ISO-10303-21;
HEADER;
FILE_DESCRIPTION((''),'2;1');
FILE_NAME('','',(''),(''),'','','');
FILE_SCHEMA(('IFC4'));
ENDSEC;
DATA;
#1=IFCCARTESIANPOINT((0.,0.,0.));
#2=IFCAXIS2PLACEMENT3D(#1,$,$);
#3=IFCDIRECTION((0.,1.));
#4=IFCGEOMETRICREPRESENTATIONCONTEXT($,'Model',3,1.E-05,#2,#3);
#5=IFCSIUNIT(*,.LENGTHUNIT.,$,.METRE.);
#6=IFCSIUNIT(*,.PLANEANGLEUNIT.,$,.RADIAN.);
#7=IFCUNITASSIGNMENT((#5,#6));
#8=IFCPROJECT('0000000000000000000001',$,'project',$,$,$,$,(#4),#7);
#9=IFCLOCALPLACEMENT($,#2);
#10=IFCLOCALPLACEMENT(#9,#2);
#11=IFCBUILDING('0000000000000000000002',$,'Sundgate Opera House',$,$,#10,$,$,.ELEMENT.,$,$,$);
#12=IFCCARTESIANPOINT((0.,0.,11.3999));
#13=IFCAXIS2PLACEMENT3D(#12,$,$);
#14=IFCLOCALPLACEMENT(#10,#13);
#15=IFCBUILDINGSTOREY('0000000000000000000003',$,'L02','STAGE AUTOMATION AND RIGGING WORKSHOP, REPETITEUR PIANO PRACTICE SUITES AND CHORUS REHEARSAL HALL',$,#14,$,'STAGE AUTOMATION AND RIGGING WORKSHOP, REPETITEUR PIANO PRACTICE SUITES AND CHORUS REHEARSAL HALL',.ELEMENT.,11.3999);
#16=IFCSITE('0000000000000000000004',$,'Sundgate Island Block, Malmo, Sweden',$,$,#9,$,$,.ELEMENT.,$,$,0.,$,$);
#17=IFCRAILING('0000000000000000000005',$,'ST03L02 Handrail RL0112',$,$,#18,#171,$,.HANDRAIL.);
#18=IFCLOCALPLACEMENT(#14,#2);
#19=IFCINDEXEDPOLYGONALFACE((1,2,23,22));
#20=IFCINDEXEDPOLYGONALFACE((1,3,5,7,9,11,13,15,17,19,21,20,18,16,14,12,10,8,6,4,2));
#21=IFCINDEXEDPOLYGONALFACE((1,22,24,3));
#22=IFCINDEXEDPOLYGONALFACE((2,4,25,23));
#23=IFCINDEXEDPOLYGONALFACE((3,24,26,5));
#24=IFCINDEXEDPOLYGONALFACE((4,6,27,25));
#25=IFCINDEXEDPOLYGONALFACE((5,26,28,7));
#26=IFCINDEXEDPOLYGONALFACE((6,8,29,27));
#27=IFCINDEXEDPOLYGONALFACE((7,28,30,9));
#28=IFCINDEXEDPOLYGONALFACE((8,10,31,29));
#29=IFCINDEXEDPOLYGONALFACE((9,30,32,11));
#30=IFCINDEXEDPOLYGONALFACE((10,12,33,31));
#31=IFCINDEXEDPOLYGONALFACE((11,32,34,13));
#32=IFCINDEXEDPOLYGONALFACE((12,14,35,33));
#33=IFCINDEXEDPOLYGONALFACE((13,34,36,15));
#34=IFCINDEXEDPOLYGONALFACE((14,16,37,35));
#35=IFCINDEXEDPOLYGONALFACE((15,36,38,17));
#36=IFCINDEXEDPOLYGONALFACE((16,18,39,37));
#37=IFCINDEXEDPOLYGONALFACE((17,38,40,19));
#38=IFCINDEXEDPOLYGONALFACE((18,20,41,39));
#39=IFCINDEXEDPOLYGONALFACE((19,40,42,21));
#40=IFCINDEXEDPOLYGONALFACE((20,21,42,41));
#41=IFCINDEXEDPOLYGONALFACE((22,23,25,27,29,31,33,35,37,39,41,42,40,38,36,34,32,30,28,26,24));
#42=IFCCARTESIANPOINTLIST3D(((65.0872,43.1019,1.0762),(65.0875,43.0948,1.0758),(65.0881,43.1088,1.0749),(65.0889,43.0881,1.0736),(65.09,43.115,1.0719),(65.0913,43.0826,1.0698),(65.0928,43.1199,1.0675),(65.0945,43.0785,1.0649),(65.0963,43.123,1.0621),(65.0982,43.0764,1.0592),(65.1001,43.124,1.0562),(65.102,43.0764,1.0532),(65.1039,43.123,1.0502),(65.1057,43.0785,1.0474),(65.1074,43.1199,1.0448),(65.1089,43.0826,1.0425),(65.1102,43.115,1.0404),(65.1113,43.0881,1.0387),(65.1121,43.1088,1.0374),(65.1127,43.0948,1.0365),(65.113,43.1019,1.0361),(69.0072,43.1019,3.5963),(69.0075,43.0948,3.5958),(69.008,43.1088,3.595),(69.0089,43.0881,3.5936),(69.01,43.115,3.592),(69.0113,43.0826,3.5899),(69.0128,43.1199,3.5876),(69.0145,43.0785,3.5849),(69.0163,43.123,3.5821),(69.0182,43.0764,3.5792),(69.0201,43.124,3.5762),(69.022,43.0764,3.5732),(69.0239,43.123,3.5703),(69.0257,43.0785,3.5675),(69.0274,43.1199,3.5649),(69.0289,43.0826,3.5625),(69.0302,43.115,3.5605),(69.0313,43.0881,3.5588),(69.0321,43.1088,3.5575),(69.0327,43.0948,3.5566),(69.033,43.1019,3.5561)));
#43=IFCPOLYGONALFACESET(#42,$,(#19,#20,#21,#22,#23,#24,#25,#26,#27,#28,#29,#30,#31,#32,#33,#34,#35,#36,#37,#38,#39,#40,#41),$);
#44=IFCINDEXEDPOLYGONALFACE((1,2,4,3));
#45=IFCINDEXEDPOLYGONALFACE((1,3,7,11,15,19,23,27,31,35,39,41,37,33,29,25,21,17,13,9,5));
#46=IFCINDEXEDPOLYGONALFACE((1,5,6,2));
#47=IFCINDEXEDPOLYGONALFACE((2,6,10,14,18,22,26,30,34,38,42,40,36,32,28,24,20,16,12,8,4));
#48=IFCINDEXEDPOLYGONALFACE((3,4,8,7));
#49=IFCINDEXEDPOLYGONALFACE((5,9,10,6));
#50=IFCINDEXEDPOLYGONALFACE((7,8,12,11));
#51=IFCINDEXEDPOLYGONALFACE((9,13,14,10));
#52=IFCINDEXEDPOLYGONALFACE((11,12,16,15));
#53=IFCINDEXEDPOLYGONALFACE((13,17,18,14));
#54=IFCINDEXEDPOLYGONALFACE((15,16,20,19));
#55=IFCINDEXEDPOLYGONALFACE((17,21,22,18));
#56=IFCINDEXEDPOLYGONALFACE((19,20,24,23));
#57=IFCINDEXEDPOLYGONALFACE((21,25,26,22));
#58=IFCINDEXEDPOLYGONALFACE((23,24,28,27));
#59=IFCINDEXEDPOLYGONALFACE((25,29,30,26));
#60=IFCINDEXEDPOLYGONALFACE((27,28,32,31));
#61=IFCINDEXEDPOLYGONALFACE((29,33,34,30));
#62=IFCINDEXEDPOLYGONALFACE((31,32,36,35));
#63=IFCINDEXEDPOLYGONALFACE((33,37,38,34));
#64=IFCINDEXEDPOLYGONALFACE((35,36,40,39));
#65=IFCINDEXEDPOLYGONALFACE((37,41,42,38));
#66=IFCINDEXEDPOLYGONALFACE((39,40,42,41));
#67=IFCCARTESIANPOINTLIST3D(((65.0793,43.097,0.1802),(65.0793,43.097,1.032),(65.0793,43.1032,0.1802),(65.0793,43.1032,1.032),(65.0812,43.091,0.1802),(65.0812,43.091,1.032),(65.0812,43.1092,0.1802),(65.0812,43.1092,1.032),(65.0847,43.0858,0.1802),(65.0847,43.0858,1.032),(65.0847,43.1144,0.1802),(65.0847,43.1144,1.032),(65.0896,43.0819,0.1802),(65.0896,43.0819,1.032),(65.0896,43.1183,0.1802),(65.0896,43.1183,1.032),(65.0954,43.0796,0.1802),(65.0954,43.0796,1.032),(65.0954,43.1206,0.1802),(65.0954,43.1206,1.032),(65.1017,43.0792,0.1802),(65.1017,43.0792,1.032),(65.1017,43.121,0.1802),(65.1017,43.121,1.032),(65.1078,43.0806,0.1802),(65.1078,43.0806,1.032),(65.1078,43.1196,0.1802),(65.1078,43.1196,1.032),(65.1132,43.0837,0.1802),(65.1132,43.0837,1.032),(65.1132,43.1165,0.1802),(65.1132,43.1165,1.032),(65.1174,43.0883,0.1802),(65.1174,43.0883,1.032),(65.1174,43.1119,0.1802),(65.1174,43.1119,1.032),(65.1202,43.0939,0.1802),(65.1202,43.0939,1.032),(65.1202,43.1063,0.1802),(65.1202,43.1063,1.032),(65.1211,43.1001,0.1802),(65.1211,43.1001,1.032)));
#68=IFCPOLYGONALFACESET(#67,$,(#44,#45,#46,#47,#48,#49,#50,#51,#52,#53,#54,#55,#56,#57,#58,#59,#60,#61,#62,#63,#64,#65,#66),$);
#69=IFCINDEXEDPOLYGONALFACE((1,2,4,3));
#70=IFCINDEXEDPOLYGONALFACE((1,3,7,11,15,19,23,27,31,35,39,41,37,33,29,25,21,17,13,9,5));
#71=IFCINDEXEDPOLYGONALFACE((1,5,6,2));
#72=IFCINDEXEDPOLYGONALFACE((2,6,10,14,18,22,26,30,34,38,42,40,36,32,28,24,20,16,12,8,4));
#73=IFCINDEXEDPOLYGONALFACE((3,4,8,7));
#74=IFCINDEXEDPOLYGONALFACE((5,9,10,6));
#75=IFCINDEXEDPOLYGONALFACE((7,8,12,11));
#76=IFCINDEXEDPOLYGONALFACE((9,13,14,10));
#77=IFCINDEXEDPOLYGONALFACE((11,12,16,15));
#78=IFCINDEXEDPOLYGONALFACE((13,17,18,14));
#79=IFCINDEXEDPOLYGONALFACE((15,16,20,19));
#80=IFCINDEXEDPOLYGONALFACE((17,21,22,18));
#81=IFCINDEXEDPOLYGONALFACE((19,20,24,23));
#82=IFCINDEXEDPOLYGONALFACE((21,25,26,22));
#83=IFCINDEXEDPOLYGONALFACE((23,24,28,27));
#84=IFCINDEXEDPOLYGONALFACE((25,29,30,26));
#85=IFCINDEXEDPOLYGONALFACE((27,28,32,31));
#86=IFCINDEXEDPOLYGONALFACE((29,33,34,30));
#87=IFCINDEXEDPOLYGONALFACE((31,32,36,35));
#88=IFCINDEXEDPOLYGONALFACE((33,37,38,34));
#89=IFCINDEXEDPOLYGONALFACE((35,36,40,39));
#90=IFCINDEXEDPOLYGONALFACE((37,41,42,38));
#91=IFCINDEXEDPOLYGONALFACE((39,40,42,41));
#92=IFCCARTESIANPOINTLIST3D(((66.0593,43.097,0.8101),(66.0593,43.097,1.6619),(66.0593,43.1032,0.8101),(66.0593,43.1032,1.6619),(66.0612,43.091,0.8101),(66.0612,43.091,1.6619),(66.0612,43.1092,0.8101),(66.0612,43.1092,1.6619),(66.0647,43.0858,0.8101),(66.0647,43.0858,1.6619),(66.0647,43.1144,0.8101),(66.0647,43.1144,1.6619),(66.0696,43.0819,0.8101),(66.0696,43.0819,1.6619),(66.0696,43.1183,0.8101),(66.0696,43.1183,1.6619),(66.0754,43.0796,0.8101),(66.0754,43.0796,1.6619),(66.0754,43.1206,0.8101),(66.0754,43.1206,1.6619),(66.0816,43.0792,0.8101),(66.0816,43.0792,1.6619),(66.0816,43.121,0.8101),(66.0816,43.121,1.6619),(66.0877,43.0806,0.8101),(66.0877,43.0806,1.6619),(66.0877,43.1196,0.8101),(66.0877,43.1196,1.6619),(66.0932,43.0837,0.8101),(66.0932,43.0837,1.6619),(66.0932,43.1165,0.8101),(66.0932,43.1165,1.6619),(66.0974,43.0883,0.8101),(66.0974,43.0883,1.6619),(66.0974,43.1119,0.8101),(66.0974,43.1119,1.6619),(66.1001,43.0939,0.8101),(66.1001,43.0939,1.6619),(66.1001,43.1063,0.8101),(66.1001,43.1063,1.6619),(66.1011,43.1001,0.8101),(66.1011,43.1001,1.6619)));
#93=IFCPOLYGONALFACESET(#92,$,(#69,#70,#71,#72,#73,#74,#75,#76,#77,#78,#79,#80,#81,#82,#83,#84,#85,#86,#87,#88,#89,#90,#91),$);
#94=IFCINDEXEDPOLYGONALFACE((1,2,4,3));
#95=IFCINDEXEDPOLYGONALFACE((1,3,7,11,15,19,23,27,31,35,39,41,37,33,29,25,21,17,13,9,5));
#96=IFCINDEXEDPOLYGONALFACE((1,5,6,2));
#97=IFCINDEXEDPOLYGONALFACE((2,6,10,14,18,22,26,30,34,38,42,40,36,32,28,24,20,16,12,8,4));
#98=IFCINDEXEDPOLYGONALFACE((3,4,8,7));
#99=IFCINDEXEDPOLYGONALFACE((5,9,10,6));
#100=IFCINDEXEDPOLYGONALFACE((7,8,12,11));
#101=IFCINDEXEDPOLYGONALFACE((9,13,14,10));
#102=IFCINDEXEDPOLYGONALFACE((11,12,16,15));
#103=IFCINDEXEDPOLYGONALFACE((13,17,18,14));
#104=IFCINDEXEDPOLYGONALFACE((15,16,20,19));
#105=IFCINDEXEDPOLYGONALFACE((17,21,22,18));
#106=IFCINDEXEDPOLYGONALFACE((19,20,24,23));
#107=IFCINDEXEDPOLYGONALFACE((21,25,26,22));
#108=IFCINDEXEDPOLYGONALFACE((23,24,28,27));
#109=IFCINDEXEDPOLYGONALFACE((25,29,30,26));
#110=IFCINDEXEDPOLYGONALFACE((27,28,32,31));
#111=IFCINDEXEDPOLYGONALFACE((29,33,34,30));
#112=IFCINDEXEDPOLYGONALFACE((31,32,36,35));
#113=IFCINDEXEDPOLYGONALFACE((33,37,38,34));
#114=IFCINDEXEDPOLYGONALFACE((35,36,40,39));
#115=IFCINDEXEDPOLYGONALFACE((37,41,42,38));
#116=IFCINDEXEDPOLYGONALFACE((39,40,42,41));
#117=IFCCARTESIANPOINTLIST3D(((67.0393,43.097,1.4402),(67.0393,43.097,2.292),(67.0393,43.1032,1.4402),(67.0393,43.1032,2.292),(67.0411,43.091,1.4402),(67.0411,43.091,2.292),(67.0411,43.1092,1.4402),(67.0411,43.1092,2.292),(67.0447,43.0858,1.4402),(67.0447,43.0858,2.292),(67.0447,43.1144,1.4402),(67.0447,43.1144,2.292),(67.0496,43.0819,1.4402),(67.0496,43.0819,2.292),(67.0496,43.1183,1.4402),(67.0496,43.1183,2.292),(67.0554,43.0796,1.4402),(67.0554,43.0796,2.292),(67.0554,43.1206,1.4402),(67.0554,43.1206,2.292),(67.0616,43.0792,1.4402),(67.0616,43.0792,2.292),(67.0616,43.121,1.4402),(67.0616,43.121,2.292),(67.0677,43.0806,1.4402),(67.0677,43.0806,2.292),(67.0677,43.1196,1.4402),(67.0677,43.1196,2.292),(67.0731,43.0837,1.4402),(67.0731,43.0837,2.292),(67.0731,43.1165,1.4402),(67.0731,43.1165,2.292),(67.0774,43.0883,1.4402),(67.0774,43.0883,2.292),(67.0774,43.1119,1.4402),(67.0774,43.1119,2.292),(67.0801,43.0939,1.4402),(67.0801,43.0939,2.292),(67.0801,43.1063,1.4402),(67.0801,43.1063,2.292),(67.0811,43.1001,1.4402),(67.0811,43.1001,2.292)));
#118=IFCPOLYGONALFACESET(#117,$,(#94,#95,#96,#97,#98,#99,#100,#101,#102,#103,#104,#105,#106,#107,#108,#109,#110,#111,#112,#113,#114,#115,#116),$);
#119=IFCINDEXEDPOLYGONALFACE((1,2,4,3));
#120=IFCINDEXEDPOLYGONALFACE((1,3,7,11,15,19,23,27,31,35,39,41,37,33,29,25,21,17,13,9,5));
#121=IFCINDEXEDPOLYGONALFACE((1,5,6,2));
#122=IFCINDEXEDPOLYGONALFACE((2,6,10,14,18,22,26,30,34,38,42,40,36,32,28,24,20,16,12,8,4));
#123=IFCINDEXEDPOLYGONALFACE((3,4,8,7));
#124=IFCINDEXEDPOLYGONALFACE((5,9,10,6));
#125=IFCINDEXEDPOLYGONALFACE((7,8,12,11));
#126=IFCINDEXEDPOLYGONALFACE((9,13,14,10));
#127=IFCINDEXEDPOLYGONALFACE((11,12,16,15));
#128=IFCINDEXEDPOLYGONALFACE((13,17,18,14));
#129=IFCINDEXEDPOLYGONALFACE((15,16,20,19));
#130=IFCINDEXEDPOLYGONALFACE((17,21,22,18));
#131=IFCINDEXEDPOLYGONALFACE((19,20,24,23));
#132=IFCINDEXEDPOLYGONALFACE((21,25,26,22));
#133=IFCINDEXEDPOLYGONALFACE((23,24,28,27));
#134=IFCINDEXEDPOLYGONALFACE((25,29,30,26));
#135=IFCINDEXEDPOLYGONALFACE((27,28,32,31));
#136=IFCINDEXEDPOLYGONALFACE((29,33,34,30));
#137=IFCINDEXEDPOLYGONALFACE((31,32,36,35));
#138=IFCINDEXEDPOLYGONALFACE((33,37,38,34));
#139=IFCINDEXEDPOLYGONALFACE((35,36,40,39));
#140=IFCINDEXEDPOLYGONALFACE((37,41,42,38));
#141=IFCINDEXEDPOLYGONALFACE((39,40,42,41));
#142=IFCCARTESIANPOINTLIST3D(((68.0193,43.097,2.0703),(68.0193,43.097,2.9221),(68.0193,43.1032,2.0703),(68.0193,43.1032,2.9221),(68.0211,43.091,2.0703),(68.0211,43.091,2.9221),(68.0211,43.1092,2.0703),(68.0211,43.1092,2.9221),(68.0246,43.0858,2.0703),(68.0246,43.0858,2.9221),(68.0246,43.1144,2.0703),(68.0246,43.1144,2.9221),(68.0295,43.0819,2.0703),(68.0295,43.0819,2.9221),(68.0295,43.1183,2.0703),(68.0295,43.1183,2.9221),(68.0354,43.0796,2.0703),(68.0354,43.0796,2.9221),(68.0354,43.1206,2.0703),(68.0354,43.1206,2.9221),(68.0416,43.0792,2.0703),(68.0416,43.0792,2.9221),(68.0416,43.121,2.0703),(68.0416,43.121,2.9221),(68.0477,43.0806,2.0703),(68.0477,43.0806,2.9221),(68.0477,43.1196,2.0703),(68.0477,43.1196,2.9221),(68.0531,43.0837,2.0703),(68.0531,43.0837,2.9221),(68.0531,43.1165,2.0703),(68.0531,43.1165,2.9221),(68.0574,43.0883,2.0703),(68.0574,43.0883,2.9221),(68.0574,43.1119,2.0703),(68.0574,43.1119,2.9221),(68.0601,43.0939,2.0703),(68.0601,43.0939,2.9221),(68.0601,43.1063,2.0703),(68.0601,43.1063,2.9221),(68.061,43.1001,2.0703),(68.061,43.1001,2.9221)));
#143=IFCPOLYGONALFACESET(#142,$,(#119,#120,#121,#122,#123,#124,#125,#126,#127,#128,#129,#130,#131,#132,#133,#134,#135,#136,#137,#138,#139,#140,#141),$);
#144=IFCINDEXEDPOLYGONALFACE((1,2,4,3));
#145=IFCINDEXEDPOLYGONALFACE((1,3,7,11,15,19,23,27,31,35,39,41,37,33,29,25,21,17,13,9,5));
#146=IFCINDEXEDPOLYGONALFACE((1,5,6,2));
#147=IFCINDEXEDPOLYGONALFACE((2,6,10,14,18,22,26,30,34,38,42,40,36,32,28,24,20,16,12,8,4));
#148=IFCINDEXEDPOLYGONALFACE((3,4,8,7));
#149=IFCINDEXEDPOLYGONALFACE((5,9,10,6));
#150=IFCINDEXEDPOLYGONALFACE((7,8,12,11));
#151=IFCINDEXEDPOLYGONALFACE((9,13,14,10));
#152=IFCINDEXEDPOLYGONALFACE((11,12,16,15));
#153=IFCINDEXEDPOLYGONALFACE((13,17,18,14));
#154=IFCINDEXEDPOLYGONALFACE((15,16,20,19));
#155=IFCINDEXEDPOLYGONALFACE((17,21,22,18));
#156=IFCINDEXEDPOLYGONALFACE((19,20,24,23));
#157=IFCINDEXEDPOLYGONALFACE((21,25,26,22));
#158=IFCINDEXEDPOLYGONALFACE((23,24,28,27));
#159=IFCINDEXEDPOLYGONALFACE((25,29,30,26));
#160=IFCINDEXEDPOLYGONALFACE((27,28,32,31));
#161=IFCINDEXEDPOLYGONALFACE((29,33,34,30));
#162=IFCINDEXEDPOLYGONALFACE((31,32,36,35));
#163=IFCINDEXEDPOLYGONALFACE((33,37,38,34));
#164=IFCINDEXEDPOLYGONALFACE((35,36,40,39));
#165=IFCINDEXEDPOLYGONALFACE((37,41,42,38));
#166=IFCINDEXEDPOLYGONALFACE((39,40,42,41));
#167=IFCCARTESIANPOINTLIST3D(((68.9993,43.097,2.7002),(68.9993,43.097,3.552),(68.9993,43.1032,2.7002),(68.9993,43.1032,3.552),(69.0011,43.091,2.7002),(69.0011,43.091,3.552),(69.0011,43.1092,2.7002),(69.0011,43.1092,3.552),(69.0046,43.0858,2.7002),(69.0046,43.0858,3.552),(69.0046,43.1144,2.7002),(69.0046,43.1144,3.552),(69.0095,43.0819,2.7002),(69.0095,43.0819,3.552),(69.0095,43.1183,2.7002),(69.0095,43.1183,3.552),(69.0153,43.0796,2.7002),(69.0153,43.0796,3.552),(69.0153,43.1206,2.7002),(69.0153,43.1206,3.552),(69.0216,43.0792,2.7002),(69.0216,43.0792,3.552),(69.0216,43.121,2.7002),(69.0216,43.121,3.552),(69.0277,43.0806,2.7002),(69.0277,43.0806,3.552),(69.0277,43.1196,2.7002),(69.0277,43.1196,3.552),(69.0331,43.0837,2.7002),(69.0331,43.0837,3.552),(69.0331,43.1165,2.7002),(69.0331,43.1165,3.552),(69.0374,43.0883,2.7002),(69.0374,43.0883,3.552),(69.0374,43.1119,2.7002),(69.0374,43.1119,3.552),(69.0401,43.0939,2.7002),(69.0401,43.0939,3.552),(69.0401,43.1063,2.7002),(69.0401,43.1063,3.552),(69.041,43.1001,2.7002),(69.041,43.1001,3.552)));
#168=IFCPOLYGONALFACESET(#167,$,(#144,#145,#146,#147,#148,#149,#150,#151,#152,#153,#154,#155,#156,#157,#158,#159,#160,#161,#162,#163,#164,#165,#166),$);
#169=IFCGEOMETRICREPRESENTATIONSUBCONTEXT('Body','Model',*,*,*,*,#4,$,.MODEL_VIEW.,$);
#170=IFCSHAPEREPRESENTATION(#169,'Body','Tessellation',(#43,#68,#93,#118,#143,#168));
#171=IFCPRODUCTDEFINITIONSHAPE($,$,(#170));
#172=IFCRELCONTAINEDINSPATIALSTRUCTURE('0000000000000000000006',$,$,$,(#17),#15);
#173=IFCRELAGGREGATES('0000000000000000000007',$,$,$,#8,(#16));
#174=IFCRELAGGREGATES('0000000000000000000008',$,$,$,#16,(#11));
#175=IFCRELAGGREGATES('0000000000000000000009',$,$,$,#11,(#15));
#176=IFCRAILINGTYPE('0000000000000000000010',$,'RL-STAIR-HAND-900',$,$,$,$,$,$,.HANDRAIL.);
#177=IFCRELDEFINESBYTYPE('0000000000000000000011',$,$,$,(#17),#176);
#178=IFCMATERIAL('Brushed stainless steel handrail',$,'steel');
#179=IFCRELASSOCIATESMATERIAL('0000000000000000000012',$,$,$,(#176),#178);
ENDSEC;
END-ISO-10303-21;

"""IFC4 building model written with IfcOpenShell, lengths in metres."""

from ifc_helpers import new_model, si_unit, direction, frame, origin, origin_2d, place, context, subcontext, project, spatial, circle, extrude, material, type_object, element, save


model = new_model("IFC4")

# Units and contexts
model_context = context("Model", 3, precision=1e-05, world=origin(), true_north=direction((0.0, 1.0)))
body_context = subcontext(model_context, "Body", "Model", "MODEL_VIEW")
ifc_project = project(units=[si_unit("LENGTHUNIT", "METRE"), si_unit("PLANEANGLEUNIT", "RADIAN")], contexts=[model_context])

# Site, building, storey
site_placement = place(None, origin())
site = spatial("IfcSite", under=ifc_project, at=site_placement, Name="Sundgate Island Block, Malmo, Sweden", CompositionType="ELEMENT", RefElevation=0.0)
building_placement = place(site_placement, origin())
building = spatial("IfcBuilding", under=site, at=building_placement, Name="Sundgate Opera House", CompositionType="ELEMENT")
storey_placement = place(building_placement, frame((0.0, 0.0, 11.3999)))
storey = spatial("IfcBuildingStorey", under=building, at=storey_placement, Name="L02", Description="STAGE AUTOMATION AND RIGGING WORKSHOP, REPETITEUR PIANO PRACTICE SUITES AND CHORUS REHEARSAL HALL", LongName="STAGE AUTOMATION AND RIGGING WORKSHOP, REPETITEUR PIANO PRACTICE SUITES AND CHORUS REHEARSAL HALL", CompositionType="ELEMENT", Elevation=11.3999)

# Railing
ifc_material_1 = material(Name="Brushed stainless steel handrail", Category="steel")
railing_type_1 = type_object("IfcRailingType", Name="RL-STAIR-HAND-900", PredefinedType="HANDRAIL", material=ifc_material_1)
railing_1_placement = place(storey_placement, frame((65.1001, 43.1001, 0.1802)))
element("IfcRailing", 1, at=railing_1_placement, inside=storey, type_object=railing_type_1, Name="ST03L02 Handrail RL0112", PredefinedType="HANDRAIL", context=body_context, shape_type="SweptSolid", body=[
    extrude(circle(Radius=0.0239, at=origin_2d()), frame((0.0, 0.0, 0.876), z_axis=(0.841172, 0.0, 0.540768), x_axis=(0.0, 1.0, 0.0)), (0.0, 0.0, 1.0), 4.6602),
    extrude(circle(Radius=0.021, at=origin_2d()), origin(), (0.0, 0.0, 1.0), 0.8518),
    extrude(circle(Radius=0.021, at=origin_2d()), frame((0.98, 0.0, 0.6299)), (0.0, 0.0, 1.0), 0.8518),
    extrude(circle(Radius=0.021, at=origin_2d()), frame((1.96, 0.0, 1.26)), (0.0, 0.0, 1.0), 0.8518),
    extrude(circle(Radius=0.021, at=origin_2d()), frame((2.9399, 0.0, 1.8901)), (0.0, 0.0, 1.0), 0.8518),
    extrude(circle(Radius=0.021, at=origin_2d()), frame((3.9199, 0.0, 2.52)), (0.0, 0.0, 1.0), 0.8518),
])

save(model, "model.ifc")
